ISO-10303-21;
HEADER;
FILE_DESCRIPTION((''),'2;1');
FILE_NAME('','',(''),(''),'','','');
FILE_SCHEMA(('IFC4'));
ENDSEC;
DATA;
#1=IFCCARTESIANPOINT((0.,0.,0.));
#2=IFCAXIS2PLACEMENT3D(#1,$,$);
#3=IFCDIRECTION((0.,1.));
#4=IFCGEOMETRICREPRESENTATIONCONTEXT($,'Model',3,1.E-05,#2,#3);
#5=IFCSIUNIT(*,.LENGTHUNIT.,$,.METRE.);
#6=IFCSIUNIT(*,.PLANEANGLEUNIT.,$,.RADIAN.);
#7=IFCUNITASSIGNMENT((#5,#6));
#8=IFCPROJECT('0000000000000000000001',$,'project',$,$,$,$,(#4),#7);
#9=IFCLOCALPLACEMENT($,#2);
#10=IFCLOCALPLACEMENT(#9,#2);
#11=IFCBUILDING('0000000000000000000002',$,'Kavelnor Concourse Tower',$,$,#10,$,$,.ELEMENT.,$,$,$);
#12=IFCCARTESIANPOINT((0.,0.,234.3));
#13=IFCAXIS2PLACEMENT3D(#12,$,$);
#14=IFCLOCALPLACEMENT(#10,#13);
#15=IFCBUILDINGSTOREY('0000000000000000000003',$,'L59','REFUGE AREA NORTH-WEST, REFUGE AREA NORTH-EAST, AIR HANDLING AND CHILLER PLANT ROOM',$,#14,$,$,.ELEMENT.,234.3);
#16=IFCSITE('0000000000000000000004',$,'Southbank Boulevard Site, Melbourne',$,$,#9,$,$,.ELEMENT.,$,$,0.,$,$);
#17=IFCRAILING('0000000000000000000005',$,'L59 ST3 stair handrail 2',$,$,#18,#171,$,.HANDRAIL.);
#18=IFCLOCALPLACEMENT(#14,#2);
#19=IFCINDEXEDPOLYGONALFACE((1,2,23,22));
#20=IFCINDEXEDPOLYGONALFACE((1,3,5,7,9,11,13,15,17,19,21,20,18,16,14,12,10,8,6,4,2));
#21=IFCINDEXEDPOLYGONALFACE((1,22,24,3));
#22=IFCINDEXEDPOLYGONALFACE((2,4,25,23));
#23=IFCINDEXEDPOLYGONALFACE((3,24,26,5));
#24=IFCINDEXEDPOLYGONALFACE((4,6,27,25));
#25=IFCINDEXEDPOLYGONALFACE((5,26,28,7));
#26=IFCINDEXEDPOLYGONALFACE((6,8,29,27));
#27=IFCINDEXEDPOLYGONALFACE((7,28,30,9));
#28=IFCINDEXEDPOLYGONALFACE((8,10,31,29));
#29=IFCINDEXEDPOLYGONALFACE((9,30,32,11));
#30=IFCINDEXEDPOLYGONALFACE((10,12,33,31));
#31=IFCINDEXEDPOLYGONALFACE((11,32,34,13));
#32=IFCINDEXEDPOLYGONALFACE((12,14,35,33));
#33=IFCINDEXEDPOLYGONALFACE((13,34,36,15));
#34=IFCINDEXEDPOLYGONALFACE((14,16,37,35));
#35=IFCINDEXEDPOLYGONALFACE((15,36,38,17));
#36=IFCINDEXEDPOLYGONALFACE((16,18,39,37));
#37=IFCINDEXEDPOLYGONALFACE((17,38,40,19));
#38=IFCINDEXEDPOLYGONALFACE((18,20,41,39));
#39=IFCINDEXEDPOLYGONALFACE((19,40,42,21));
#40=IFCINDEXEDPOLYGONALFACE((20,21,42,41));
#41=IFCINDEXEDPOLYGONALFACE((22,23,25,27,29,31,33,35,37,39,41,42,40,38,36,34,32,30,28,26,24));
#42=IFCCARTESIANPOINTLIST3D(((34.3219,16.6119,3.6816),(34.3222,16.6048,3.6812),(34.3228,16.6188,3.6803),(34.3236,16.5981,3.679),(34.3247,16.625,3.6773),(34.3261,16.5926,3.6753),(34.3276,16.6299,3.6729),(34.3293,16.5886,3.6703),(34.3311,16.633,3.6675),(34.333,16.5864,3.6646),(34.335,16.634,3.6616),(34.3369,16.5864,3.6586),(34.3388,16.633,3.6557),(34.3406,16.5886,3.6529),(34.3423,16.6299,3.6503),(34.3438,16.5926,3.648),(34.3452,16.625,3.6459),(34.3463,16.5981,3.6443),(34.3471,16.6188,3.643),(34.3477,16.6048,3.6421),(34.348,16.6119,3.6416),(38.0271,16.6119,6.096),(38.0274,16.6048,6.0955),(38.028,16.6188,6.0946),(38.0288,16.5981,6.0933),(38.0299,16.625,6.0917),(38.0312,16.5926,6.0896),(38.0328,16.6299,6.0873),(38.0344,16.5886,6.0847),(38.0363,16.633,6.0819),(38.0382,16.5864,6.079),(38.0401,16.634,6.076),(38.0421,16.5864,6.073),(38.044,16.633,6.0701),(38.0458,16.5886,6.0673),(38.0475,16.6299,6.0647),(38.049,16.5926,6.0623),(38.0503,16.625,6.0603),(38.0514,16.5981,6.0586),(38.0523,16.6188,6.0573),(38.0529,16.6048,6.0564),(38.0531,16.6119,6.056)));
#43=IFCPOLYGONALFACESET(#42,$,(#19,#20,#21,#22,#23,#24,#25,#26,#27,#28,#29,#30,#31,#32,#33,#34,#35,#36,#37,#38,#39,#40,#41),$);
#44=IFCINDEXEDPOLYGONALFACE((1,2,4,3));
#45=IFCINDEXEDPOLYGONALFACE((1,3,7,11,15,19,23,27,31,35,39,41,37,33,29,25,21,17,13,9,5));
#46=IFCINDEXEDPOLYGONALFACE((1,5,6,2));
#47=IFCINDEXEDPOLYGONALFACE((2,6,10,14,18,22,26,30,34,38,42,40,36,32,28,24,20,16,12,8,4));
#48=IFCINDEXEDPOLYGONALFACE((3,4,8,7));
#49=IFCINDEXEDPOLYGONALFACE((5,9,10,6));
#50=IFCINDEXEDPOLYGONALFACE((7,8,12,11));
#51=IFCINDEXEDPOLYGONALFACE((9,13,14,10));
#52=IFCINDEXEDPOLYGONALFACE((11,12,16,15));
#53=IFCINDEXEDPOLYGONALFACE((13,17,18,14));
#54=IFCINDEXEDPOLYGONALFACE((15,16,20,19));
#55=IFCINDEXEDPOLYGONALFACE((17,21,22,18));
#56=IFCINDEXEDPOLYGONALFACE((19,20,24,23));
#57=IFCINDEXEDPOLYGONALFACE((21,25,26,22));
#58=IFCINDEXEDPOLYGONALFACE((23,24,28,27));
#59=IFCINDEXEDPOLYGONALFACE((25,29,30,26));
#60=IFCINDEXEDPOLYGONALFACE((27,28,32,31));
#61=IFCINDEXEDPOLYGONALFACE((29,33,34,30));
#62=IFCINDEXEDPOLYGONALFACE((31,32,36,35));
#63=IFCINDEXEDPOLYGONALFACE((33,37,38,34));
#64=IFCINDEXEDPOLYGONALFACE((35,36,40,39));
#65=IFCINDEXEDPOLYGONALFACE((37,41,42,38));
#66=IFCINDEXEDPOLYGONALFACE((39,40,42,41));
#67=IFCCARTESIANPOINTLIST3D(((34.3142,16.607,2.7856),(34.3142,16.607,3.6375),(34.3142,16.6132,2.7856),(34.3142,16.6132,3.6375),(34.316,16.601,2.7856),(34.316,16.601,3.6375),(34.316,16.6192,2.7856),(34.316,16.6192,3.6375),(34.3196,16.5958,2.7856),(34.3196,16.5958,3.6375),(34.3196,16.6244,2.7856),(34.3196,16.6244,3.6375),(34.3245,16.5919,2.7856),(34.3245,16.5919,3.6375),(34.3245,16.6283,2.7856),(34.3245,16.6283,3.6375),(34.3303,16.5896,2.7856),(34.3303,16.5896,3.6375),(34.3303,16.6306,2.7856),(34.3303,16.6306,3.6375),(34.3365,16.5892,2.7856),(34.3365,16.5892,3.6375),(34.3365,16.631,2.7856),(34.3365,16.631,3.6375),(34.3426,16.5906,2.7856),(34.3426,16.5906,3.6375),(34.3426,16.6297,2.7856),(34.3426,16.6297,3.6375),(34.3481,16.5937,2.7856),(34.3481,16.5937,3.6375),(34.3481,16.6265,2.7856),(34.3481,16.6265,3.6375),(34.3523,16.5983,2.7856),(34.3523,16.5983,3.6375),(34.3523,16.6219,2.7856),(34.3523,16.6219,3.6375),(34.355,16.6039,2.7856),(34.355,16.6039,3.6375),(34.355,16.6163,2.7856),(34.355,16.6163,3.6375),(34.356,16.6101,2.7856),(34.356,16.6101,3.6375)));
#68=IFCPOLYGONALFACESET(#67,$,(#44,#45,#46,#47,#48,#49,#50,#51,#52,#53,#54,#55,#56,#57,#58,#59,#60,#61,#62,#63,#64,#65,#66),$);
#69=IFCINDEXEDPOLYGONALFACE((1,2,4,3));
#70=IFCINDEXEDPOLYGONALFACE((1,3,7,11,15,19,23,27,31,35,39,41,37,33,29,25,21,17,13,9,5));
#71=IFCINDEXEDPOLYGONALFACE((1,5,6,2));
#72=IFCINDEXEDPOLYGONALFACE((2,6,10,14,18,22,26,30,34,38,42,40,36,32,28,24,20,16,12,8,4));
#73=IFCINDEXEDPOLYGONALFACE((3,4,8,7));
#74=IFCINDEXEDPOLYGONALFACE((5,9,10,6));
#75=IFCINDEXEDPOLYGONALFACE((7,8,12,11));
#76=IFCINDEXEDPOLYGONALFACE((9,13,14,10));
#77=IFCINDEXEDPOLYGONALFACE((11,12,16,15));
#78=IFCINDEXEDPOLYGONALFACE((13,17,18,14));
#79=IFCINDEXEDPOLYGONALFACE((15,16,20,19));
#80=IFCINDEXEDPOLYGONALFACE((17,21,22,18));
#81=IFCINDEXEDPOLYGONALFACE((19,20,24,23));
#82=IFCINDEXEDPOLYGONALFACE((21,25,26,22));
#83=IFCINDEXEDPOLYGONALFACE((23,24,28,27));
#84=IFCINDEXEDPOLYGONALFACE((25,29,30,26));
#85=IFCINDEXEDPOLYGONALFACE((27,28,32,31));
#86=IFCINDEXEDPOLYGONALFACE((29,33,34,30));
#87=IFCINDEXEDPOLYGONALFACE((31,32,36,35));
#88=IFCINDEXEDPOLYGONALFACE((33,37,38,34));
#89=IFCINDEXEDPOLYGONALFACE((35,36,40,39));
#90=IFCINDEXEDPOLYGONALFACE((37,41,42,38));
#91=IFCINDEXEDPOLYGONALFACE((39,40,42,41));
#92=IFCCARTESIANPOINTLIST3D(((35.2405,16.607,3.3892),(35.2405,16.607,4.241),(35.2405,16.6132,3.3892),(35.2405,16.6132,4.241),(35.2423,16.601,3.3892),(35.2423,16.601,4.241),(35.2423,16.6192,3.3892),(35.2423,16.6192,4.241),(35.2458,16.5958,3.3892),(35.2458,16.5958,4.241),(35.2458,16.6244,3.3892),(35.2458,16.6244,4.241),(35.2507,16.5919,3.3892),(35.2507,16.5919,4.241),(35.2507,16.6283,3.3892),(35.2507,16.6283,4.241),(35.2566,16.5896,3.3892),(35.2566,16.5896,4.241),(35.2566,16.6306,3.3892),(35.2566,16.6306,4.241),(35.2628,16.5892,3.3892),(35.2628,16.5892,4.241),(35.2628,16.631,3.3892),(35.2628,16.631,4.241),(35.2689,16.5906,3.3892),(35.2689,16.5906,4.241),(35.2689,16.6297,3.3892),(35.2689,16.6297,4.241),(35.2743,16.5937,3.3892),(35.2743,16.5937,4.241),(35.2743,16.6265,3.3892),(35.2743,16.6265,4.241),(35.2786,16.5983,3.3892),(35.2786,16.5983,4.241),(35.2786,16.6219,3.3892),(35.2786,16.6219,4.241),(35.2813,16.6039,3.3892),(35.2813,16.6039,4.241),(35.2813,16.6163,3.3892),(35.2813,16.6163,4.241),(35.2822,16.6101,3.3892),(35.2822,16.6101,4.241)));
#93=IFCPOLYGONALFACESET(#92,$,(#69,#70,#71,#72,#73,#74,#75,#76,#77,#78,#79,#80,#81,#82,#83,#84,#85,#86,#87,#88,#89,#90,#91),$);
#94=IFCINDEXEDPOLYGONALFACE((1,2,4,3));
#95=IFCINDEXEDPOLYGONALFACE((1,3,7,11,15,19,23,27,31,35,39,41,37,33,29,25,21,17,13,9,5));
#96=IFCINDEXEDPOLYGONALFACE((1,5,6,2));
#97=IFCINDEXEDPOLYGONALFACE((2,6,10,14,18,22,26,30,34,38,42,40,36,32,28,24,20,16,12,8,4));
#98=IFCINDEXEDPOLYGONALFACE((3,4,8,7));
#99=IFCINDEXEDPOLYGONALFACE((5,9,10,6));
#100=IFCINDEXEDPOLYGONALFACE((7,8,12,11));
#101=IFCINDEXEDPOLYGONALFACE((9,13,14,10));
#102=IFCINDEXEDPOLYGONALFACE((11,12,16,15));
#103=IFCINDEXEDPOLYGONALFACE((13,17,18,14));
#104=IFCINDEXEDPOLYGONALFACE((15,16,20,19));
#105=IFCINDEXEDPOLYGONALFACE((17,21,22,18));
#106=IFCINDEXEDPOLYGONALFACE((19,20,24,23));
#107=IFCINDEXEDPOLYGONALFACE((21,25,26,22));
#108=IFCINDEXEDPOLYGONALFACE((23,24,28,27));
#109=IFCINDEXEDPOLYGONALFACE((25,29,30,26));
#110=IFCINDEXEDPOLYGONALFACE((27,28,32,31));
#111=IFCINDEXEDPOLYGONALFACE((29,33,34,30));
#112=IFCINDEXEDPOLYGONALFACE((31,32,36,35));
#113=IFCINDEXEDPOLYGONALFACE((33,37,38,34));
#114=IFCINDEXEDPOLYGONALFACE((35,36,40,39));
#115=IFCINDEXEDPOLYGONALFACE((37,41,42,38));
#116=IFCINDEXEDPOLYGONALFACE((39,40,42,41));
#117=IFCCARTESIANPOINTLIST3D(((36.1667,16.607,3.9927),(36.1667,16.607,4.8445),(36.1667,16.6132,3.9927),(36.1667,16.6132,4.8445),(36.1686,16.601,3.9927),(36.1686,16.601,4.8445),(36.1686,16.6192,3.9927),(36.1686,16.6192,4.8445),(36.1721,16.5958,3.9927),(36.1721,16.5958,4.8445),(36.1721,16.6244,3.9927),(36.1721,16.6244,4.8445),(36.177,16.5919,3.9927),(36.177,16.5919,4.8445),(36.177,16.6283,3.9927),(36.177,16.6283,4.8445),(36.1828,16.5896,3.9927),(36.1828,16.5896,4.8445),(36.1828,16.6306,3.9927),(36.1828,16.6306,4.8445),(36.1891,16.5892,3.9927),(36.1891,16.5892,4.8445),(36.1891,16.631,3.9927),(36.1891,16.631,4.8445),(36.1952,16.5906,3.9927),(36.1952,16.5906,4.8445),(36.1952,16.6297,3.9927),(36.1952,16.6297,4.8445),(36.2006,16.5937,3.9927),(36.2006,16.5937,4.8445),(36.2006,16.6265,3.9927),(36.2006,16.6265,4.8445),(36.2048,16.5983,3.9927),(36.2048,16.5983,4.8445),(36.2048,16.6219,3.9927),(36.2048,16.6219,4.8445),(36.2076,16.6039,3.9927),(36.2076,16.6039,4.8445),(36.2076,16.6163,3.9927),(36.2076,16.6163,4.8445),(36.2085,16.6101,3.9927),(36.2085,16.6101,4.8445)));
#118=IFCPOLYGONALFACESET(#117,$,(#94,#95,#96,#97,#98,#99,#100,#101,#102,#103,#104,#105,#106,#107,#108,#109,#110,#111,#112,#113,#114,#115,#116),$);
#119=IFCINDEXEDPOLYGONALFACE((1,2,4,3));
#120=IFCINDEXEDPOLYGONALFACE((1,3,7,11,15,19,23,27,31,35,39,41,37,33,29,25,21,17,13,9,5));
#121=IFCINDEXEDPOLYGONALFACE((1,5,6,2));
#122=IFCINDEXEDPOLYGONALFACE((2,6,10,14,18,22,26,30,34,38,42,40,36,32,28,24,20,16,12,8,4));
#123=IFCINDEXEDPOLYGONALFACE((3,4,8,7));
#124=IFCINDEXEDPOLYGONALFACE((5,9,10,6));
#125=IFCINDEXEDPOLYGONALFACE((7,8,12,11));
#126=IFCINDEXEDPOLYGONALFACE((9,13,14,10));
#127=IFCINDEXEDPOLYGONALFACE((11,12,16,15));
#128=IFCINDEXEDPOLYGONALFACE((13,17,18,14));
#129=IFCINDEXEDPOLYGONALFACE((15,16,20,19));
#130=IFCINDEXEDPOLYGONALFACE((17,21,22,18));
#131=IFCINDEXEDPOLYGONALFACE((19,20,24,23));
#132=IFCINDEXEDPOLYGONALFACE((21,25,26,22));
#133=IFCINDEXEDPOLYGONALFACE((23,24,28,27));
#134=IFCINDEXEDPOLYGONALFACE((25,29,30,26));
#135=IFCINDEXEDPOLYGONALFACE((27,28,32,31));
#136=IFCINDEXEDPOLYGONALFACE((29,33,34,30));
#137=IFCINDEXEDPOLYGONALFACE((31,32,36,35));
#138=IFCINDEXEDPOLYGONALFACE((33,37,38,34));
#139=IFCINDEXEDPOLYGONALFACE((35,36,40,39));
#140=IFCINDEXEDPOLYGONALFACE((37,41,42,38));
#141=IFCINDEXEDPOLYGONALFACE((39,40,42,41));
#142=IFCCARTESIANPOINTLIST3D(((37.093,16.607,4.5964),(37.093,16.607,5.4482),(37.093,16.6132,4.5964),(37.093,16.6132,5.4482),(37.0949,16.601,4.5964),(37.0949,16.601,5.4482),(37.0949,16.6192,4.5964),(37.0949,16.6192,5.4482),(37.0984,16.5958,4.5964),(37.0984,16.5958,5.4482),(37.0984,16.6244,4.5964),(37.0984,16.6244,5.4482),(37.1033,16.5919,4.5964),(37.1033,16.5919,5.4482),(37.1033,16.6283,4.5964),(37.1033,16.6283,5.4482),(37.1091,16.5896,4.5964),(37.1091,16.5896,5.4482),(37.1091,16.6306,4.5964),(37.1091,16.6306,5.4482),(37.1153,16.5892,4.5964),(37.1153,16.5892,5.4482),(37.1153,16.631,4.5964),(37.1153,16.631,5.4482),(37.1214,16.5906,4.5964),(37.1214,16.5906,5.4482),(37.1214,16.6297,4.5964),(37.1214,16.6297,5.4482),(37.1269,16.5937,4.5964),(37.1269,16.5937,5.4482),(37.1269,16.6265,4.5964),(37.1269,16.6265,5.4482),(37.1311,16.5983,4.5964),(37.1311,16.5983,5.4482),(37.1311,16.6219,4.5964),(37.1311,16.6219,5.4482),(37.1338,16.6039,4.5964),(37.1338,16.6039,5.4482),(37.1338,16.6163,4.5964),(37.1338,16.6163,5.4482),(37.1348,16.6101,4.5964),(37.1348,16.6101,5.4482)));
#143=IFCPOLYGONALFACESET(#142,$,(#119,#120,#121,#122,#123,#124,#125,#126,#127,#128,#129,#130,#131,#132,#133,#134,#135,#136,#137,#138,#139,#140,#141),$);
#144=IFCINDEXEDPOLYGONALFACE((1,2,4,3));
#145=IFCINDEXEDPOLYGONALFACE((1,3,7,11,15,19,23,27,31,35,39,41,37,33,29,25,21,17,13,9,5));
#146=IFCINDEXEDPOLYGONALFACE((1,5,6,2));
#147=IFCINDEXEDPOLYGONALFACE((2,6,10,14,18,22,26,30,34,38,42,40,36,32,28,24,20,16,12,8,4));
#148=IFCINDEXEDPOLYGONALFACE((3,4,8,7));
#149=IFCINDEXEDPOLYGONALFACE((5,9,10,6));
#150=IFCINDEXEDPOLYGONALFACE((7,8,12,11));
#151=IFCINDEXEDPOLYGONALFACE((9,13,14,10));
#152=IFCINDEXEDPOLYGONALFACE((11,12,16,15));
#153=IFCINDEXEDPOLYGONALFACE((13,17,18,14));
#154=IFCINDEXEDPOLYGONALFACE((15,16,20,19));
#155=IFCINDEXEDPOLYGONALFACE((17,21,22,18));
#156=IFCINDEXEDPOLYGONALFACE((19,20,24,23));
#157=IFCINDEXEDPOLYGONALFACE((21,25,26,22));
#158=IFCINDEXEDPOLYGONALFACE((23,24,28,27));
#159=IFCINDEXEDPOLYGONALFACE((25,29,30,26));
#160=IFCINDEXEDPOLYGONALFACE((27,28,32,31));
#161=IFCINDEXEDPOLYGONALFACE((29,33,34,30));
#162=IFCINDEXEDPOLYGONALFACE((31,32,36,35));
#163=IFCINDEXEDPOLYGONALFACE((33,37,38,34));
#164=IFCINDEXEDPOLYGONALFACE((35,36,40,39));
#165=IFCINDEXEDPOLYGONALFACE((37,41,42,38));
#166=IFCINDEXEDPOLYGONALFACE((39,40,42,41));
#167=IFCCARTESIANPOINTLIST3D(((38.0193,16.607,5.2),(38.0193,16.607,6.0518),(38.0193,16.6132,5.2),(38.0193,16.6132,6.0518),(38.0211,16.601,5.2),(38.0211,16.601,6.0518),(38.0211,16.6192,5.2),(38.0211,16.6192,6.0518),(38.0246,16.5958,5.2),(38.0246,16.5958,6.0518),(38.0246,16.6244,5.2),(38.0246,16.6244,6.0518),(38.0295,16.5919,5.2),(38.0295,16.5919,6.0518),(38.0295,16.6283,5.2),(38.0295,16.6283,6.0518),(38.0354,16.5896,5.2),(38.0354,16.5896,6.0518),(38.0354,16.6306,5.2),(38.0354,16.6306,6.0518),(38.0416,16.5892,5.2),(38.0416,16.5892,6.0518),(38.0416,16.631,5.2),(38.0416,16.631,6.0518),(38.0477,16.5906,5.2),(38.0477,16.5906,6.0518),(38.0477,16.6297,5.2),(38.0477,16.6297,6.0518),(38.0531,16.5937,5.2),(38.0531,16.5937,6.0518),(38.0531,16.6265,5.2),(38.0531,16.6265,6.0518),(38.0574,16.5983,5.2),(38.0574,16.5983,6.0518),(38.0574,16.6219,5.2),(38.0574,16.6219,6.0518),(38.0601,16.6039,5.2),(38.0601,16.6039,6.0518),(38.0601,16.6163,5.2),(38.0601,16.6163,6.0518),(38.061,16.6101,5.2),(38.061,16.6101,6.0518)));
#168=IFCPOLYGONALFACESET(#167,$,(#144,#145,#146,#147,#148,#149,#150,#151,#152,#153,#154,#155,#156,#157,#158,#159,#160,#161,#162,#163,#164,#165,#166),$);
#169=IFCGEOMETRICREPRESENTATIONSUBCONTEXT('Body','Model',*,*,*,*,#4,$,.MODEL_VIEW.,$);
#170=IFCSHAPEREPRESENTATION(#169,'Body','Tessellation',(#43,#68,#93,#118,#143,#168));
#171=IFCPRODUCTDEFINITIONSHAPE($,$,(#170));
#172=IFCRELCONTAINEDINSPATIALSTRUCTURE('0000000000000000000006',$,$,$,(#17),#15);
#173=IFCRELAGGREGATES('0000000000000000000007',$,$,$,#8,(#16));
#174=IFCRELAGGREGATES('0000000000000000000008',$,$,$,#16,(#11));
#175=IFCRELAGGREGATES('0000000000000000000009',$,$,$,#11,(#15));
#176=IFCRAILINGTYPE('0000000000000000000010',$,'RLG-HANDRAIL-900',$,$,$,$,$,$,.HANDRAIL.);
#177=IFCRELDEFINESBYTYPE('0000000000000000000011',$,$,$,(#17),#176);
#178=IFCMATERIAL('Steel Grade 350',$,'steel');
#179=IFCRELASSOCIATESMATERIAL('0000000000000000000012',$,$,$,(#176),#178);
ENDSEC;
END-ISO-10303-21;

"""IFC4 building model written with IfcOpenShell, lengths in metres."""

from ifc_helpers import new_model, si_unit, direction, frame, origin, origin_2d, place, context, subcontext, project, spatial, circle, extrude, material, type_object, element, save


model = new_model("IFC4")

# Units and contexts
model_context = context("Model", 3, precision=1e-05, world=origin(), true_north=direction((0.0, 1.0)))
body_context = subcontext(model_context, "Body", "Model", "MODEL_VIEW")
ifc_project = project(units=[si_unit("LENGTHUNIT", "METRE"), si_unit("PLANEANGLEUNIT", "RADIAN")], contexts=[model_context])

# Site, building, storey
site_placement = place(None, origin())
site = spatial("IfcSite", under=ifc_project, at=site_placement, Name="Southbank Boulevard Site, Melbourne", CompositionType="ELEMENT", RefElevation=0.0)
building_placement = place(site_placement, origin())
building = spatial("IfcBuilding", under=site, at=building_placement, Name="Kavelnor Concourse Tower", CompositionType="ELEMENT")
storey_placement = place(building_placement, frame((0.0, 0.0, 234.3)))
storey = spatial("IfcBuildingStorey", under=building, at=storey_placement, Name="L59", Description="REFUGE AREA NORTH-WEST, REFUGE AREA NORTH-EAST, AIR HANDLING AND CHILLER PLANT ROOM", CompositionType="ELEMENT", Elevation=234.3)

# Shared definitions
ifc_material_1 = material(Name="Steel Grade 350", Category="steel")

# Railing
railing_type_1 = type_object("IfcRailingType", Name="RLG-HANDRAIL-900", PredefinedType="HANDRAIL", material=ifc_material_1)
railing_1_placement = place(storey_placement, frame((34.335, 16.6101, 2.7856)))
element("IfcRailing", 1, at=railing_1_placement, inside=storey, type_object=railing_type_1, Name="L59 ST3 stair handrail 2", PredefinedType="HANDRAIL", context=body_context, shape_type="SweptSolid", body=[
    extrude(circle(Radius=0.0239, at=origin_2d()), frame((0.0, 0.0, 0.876), z_axis=(0.837823, 0.0, 0.545943), x_axis=(0.0, 1.0, 0.0)), (0.0, 0.0, 1.0), 4.4224),
    extrude(circle(Radius=0.021, at=origin_2d()), origin(), (0.0, 0.0, 1.0), 0.8518),
    extrude(circle(Radius=0.021, at=origin_2d()), frame((0.9263, 0.0, 0.6035)), (0.0, 0.0, 1.0), 0.8518),
    extrude(circle(Radius=0.021, at=origin_2d()), frame((1.8525, 0.0, 1.207)), (0.0, 0.0, 1.0), 0.8518),
    extrude(circle(Radius=0.021, at=origin_2d()), frame((2.7788, 0.0, 1.8108)), (0.0, 0.0, 1.0), 0.8518),
    extrude(circle(Radius=0.021, at=origin_2d()), frame((3.7051, 0.0, 2.4143)), (0.0, 0.0, 1.0), 0.8518),
])

save(model, "model.ifc")
